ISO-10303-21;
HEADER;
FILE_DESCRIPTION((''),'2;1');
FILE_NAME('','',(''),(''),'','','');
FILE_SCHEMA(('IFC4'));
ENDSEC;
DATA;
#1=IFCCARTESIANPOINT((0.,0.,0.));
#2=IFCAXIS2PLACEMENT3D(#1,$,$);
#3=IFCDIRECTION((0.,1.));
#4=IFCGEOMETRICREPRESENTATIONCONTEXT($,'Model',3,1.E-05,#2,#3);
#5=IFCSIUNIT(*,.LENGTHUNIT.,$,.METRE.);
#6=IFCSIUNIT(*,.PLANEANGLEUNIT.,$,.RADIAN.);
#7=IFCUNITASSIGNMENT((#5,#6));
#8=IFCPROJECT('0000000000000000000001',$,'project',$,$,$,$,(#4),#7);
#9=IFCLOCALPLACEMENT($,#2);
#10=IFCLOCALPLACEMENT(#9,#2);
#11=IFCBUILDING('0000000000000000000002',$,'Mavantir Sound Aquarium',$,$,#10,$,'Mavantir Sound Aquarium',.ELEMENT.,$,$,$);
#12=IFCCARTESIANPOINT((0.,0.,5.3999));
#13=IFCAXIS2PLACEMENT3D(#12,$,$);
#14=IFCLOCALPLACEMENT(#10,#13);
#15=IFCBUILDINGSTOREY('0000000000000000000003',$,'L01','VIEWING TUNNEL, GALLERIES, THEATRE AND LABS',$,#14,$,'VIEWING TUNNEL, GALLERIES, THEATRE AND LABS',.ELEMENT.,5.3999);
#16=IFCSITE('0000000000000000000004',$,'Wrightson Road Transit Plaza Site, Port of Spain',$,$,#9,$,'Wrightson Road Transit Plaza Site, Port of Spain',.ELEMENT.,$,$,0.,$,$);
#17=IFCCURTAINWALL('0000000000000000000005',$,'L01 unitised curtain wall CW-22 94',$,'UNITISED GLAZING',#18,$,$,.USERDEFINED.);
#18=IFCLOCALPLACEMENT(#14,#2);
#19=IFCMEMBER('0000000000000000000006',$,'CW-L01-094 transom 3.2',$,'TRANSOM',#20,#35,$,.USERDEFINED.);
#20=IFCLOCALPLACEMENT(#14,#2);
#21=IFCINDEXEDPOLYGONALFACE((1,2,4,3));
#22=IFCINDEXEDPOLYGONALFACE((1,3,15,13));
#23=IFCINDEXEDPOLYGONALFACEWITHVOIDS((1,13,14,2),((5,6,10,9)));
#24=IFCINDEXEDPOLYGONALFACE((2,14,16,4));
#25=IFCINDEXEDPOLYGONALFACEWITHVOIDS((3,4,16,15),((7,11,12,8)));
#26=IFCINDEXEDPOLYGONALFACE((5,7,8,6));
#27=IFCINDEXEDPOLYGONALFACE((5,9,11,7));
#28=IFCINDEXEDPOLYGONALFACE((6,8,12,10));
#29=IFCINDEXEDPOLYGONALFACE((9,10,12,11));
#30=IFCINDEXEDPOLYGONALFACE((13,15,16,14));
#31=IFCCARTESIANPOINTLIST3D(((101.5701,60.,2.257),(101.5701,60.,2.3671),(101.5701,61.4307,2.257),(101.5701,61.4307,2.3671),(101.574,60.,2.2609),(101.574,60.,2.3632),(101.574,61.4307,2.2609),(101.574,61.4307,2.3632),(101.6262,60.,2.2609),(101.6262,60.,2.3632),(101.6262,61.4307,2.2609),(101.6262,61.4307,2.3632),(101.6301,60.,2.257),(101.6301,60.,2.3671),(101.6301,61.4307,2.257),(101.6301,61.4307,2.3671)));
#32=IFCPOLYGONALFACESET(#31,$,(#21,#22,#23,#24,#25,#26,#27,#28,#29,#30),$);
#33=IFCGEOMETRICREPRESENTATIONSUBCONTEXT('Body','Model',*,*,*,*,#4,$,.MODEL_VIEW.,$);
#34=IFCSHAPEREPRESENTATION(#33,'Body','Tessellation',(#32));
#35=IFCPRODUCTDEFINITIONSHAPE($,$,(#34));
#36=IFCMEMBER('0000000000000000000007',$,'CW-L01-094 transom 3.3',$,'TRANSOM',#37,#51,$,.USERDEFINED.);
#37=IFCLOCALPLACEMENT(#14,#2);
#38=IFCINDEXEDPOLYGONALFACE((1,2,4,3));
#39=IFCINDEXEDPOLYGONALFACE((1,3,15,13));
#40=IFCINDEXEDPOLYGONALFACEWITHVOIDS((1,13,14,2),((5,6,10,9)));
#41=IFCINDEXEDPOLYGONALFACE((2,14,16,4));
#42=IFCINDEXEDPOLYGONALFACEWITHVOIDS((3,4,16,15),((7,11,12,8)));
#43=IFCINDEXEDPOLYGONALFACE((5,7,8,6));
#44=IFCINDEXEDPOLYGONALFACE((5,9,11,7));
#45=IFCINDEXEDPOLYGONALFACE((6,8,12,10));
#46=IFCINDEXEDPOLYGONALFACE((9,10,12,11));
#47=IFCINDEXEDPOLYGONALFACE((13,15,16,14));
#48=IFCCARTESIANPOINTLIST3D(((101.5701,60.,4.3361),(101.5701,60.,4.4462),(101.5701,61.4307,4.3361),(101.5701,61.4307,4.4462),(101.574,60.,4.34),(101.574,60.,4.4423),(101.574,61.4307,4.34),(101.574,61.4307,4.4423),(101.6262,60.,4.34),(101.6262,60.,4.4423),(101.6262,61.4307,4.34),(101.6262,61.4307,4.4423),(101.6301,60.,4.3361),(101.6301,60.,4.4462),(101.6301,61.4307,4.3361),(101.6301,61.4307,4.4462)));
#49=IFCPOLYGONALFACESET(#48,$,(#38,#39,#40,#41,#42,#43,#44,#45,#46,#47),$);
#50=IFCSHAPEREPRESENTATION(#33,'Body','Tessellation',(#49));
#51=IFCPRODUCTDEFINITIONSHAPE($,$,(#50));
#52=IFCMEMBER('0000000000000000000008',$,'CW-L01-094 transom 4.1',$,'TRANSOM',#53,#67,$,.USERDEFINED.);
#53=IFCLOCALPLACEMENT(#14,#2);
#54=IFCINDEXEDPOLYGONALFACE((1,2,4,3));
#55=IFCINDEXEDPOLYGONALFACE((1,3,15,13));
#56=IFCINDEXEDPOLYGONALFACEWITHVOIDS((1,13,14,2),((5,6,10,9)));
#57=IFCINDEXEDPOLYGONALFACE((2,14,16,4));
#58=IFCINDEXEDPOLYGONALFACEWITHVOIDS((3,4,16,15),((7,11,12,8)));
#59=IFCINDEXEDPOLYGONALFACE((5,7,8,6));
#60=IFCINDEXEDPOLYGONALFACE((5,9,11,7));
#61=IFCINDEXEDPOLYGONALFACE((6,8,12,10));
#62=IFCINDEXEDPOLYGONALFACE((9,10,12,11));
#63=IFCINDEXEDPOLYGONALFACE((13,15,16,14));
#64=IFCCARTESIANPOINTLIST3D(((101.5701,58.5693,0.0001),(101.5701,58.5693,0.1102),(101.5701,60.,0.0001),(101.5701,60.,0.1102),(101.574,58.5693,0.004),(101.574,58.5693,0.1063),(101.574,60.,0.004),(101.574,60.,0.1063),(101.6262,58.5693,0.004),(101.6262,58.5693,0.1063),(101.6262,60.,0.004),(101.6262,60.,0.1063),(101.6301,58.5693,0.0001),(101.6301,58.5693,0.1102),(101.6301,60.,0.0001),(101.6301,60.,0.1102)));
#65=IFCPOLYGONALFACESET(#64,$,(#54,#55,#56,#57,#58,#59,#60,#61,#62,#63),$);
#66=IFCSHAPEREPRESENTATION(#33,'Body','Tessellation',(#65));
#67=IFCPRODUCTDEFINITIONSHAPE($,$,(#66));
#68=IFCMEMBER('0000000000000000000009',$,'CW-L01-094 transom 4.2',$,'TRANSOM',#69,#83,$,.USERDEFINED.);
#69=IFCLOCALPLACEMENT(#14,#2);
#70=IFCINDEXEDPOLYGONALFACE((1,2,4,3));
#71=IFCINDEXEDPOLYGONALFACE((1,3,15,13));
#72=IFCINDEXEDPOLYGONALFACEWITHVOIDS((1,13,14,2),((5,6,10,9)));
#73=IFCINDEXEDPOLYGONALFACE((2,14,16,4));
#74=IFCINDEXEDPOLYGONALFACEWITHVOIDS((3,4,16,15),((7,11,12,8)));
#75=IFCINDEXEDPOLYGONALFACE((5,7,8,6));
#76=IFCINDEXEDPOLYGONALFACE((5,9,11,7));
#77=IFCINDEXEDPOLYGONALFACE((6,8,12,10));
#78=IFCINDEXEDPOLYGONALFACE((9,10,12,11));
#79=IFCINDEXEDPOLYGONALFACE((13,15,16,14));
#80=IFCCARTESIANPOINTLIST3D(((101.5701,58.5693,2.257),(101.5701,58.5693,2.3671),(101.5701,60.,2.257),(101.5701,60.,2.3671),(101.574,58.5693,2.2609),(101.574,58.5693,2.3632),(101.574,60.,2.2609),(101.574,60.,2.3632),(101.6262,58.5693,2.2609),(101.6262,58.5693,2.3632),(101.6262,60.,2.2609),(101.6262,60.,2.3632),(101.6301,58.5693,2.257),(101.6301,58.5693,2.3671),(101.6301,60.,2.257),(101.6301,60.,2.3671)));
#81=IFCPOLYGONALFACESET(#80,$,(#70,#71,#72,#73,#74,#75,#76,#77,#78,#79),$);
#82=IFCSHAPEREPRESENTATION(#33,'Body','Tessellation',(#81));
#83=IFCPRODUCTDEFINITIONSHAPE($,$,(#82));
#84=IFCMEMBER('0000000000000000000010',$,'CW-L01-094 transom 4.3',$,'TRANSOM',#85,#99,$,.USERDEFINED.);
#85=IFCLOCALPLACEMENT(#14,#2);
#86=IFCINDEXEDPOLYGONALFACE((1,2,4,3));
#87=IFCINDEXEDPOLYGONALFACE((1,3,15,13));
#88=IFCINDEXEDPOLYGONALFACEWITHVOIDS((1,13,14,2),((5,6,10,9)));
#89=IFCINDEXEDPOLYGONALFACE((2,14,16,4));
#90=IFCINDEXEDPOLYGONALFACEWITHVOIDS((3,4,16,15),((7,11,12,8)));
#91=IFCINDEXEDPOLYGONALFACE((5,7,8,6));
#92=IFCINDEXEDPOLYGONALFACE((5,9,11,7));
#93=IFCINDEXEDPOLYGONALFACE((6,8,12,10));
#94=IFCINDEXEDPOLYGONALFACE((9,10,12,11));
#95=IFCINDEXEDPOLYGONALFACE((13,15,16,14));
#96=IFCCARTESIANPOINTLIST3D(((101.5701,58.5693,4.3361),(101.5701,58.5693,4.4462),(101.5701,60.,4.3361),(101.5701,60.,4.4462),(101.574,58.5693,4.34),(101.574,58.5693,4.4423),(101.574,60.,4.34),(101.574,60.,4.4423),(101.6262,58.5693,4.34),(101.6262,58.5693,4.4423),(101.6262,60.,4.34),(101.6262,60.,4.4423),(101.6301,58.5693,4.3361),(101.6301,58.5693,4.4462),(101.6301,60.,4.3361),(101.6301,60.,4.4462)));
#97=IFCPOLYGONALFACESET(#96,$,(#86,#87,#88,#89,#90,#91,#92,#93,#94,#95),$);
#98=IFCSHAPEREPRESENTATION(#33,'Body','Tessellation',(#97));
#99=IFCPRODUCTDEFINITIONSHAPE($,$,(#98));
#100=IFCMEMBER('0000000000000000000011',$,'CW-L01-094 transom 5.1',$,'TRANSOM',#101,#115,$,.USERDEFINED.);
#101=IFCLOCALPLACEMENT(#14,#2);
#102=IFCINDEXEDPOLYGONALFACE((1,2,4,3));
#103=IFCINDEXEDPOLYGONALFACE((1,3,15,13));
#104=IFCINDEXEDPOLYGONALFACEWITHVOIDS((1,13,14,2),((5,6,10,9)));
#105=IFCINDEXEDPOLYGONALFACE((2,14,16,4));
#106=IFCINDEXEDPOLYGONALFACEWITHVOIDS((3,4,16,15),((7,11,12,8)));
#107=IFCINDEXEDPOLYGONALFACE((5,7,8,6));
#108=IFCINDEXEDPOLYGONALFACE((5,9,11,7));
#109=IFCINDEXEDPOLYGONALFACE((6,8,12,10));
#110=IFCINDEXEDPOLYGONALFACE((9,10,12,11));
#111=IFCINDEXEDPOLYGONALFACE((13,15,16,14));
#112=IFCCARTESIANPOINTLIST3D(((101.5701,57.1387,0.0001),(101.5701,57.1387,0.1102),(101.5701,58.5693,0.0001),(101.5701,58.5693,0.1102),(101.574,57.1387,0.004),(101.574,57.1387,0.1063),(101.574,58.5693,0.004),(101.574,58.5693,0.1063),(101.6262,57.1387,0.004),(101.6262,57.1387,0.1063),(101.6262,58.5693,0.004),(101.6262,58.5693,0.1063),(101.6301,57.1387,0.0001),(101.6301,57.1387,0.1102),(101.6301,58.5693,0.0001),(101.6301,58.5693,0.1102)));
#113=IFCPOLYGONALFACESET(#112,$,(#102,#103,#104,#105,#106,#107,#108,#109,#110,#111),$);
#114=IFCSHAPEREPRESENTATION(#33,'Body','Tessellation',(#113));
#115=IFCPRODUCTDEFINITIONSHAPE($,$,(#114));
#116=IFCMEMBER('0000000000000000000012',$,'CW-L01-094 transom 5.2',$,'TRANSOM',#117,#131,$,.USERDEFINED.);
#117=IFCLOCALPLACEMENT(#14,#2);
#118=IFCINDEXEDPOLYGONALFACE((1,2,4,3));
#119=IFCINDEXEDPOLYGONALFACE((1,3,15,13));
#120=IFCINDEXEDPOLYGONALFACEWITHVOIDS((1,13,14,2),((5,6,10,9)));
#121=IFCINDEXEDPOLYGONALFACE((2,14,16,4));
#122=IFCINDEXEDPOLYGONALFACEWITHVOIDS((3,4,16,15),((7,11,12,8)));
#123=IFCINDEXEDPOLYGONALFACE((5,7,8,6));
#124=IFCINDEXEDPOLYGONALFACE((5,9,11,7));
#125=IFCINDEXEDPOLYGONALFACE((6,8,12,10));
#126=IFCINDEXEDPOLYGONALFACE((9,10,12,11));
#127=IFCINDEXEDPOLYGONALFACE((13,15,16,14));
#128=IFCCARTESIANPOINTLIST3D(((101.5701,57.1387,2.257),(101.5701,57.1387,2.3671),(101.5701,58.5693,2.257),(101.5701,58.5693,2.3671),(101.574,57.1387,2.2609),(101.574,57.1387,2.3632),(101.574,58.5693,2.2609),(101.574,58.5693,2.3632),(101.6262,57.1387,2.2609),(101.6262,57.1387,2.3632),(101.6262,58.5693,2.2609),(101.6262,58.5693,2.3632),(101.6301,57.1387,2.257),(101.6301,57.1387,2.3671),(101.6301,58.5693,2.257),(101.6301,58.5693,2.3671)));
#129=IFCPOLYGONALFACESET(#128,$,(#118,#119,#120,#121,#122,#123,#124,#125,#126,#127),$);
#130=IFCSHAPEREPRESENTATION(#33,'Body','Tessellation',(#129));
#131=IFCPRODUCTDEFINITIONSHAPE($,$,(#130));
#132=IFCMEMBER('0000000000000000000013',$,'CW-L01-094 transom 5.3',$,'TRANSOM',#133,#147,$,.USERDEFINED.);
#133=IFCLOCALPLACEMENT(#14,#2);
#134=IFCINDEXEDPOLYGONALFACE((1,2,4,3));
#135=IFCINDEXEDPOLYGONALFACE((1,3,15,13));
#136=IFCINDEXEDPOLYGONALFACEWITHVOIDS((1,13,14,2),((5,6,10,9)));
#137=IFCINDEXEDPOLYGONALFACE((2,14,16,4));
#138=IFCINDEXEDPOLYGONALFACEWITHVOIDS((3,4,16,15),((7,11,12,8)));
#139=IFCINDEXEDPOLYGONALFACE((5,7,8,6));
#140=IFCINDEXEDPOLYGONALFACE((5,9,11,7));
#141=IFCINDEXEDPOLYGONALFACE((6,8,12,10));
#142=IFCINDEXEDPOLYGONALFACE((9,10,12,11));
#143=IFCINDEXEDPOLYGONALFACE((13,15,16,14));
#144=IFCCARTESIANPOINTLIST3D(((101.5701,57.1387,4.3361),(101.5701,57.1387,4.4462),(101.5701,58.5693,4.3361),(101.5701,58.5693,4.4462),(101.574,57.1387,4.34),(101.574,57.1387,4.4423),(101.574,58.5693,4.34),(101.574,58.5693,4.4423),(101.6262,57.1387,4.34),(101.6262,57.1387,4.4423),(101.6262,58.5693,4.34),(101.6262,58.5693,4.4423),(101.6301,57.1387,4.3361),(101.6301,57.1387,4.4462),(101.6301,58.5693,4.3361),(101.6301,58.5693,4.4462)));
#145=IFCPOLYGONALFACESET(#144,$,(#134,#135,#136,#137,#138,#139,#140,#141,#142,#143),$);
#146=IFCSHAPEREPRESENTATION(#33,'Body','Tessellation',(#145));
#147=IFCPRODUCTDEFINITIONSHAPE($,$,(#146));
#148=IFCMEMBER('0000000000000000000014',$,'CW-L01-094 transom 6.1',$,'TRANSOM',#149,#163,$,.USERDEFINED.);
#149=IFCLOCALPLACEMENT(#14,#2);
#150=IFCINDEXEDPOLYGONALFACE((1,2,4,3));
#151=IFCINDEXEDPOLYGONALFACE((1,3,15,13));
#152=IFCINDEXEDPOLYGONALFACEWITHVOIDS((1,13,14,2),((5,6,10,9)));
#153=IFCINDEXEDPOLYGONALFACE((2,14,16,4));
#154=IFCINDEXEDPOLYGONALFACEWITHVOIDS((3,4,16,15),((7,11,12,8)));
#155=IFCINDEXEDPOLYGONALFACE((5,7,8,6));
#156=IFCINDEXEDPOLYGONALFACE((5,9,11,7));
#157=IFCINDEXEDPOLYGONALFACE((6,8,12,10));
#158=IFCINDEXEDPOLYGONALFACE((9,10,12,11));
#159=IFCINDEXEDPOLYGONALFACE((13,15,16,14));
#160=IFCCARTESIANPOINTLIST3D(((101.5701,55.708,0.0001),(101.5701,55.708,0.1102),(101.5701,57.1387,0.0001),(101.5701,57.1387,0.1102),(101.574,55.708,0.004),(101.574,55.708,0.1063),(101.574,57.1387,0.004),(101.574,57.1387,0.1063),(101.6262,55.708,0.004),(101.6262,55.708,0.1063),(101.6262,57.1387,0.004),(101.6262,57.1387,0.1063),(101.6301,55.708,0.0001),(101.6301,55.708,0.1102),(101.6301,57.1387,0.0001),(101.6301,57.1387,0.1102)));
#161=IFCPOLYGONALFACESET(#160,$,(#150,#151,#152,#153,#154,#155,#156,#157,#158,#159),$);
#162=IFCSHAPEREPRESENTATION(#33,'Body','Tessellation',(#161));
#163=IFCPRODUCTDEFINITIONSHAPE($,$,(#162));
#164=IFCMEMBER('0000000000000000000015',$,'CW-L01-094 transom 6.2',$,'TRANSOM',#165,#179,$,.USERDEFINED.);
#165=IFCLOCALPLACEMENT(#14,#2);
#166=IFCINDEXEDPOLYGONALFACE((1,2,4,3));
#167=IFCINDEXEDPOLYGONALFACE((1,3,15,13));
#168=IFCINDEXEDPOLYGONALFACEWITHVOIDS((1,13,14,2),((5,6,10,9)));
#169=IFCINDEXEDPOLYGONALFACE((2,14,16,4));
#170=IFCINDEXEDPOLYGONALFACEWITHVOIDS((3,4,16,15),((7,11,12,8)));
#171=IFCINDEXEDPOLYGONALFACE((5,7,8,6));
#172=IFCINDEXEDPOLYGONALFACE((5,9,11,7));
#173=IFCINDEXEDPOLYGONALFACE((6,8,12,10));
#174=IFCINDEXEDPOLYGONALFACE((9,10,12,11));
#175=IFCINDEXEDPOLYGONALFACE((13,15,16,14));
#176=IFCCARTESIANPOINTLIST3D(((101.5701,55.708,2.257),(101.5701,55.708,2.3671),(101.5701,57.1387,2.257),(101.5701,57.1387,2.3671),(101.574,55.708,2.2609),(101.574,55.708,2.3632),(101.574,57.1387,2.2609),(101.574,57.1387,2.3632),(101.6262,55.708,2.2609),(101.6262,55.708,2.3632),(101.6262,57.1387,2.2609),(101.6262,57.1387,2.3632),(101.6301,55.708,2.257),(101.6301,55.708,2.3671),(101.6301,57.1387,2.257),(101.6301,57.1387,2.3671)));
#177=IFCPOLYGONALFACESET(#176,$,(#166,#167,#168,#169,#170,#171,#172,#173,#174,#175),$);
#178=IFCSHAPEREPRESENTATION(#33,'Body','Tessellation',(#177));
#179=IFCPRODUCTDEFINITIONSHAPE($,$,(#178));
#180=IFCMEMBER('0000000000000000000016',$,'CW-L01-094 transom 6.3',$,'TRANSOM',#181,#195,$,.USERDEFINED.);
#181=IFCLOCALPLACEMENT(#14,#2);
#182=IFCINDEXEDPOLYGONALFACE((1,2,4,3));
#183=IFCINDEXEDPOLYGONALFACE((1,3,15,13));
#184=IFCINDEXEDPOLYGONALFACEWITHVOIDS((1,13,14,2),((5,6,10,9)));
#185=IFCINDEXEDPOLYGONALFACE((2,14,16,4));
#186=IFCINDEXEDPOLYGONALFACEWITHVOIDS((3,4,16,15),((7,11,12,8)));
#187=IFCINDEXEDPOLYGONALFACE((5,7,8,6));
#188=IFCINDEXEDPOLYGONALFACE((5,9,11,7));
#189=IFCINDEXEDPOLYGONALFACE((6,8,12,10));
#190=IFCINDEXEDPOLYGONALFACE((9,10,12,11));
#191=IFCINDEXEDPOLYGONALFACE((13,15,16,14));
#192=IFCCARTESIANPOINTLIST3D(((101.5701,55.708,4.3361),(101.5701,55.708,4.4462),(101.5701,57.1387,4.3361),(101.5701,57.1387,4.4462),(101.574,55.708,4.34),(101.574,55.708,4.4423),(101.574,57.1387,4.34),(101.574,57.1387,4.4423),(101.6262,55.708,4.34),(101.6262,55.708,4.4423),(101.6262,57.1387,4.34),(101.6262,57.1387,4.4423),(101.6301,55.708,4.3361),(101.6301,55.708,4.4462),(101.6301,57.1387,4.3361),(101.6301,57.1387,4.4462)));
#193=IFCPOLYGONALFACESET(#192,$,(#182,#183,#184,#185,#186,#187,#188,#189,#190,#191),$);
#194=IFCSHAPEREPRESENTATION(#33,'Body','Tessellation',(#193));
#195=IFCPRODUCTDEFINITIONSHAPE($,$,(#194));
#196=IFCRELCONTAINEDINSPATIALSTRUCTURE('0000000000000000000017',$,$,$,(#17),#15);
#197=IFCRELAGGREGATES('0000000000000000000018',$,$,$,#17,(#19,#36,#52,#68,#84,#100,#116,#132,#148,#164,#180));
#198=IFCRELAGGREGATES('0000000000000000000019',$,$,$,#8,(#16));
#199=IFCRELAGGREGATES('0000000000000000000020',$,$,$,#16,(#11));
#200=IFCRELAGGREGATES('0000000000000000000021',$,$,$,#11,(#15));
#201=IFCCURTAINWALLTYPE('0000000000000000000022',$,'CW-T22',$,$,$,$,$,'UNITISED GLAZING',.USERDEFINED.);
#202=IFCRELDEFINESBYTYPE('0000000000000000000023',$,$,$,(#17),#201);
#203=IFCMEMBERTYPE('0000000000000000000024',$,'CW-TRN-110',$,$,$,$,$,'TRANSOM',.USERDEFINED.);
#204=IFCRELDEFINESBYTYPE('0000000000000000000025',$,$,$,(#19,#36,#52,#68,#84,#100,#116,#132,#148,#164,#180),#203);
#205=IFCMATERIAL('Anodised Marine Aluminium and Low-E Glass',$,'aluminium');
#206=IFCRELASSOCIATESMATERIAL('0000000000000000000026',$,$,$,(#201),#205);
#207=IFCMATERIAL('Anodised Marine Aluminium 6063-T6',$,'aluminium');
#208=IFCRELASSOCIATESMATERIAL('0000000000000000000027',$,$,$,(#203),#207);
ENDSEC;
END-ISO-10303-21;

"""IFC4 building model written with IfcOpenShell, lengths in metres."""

from ifc_helpers import new_model, si_unit, direction, frame, origin, origin_2d, place, context, subcontext, project, spatial, hollow_rectangle, extrude, material, material_profile, profile_set, type_object, element, aggregate, save


model = new_model("IFC4")

# Units and contexts
model_context = context("Model", 3, precision=1e-05, world=origin(), true_north=direction((0.0, 1.0)))
body_context = subcontext(model_context, "Body", "Model", "MODEL_VIEW")
ifc_project = project(units=[si_unit("LENGTHUNIT", "METRE"), si_unit("PLANEANGLEUNIT", "RADIAN")], contexts=[model_context])

# Site, building, storey
site_placement = place(None, origin())
site = spatial("IfcSite", under=ifc_project, at=site_placement, Name="Wrightson Road Transit Plaza Site, Port of Spain", LongName="Wrightson Road Transit Plaza Site, Port of Spain", CompositionType="ELEMENT", RefElevation=0.0)
building_placement = place(site_placement, origin())
building = spatial("IfcBuilding", under=site, at=building_placement, Name="Mavantir Sound Aquarium", LongName="Mavantir Sound Aquarium", CompositionType="ELEMENT")
storey_placement = place(building_placement, frame((0.0, 0.0, 5.3999)))
storey = spatial("IfcBuildingStorey", under=building, at=storey_placement, Name="L01", Description="VIEWING TUNNEL, GALLERIES, THEATRE AND LABS", LongName="VIEWING TUNNEL, GALLERIES, THEATRE AND LABS", CompositionType="ELEMENT", Elevation=5.3999)

# Curtain wall, members
ifc_material_1 = material(Name="Anodised Marine Aluminium and Low-E Glass", Category="aluminium")
curtain_wall_type_1 = type_object("IfcCurtainWallType", Name="CW-T22", ElementType="UNITISED GLAZING", PredefinedType="USERDEFINED", material=ifc_material_1)
curtain_wall_1_placement = place(storey_placement, origin())
curtain_wall_1 = element("IfcCurtainWall", 1, at=curtain_wall_1_placement, inside=storey, type_object=curtain_wall_type_1, Name="L01 unitised curtain wall CW-22 94", ObjectType="UNITISED GLAZING", PredefinedType="USERDEFINED")
ifc_material_2 = material(Name="Anodised Marine Aluminium 6063-T6", Category="aluminium")
ifc_material_profile_1 = material_profile(ifc_material_2, hollow_rectangle(XDim=0.0601, YDim=0.1101, WallThickness=0.0039, at=origin_2d()), Name="ALU-TRANSOM-110X60")
ifc_profile_set_1 = profile_set([ifc_material_profile_1], Name="Anodised Marine Aluminium 6063-T6")
member_type_1 = type_object("IfcMemberType", Name="CW-TRN-110", ElementType="TRANSOM", PredefinedType="USERDEFINED", material=ifc_profile_set_1)
member_1_placement = place(storey_placement, frame((101.6001, 61.4307, 2.312), z_axis=(0.0, -1.0, 0.0), x_axis=(1.0, 0.0, 0.0)))
member_1 = element("IfcMember", 2, at=member_1_placement, type_object=member_type_1, Name="CW-L01-094 transom 3.2", ObjectType="TRANSOM", PredefinedType="USERDEFINED", context=body_context, shape_type="SweptSolid", body=[
    extrude(hollow_rectangle(XDim=0.0601, YDim=0.1101, WallThickness=0.0039, at=origin_2d()), origin(), (0.0, 0.0, 1.0), 1.4307),
])
member_2_placement = place(storey_placement, frame((101.6001, 61.4307, 4.3911), z_axis=(0.0, -1.0, 0.0), x_axis=(1.0, 0.0, 0.0)))
member_2 = element("IfcMember", 3, at=member_2_placement, type_object=member_type_1, Name="CW-L01-094 transom 3.3", ObjectType="TRANSOM", PredefinedType="USERDEFINED", context=body_context, shape_type="SweptSolid", body=[
    extrude(hollow_rectangle(XDim=0.0601, YDim=0.1101, WallThickness=0.0039, at=origin_2d()), origin(), (0.0, 0.0, 1.0), 1.4307),
])
member_3_placement = place(storey_placement, frame((101.6001, 60.0, 0.0552), z_axis=(0.0, -1.0, 0.0), x_axis=(1.0, 0.0, 0.0)))
member_3 = element("IfcMember", 4, at=member_3_placement, type_object=member_type_1, Name="CW-L01-094 transom 4.1", ObjectType="TRANSOM", PredefinedType="USERDEFINED", context=body_context, shape_type="SweptSolid", body=[
    extrude(hollow_rectangle(XDim=0.0601, YDim=0.1101, WallThickness=0.0039, at=origin_2d()), origin(), (0.0, 0.0, 1.0), 1.4307),
])
member_4_placement = place(storey_placement, frame((101.6001, 60.0, 2.312), z_axis=(0.0, -1.0, 0.0), x_axis=(1.0, 0.0, 0.0)))
member_4 = element("IfcMember", 5, at=member_4_placement, type_object=member_type_1, Name="CW-L01-094 transom 4.2", ObjectType="TRANSOM", PredefinedType="USERDEFINED", context=body_context, shape_type="SweptSolid", body=[
    extrude(hollow_rectangle(XDim=0.0601, YDim=0.1101, WallThickness=0.0039, at=origin_2d()), origin(), (0.0, 0.0, 1.0), 1.4307),
])
member_5_placement = place(storey_placement, frame((101.6001, 60.0, 4.3911), z_axis=(0.0, -1.0, 0.0), x_axis=(1.0, 0.0, 0.0)))
member_5 = element("IfcMember", 6, at=member_5_placement, type_object=member_type_1, Name="CW-L01-094 transom 4.3", ObjectType="TRANSOM", PredefinedType="USERDEFINED", context=body_context, shape_type="SweptSolid", body=[
    extrude(hollow_rectangle(XDim=0.0601, YDim=0.1101, WallThickness=0.0039, at=origin_2d()), origin(), (0.0, 0.0, 1.0), 1.4307),
])
member_6_placement = place(storey_placement, frame((101.6001, 58.5693, 0.0552), z_axis=(0.0, -1.0, 0.0), x_axis=(1.0, 0.0, 0.0)))
member_6 = element("IfcMember", 7, at=member_6_placement, type_object=member_type_1, Name="CW-L01-094 transom 5.1", ObjectType="TRANSOM", PredefinedType="USERDEFINED", context=body_context, shape_type="SweptSolid", body=[
    extrude(hollow_rectangle(XDim=0.0601, YDim=0.1101, WallThickness=0.0039, at=origin_2d()), origin(), (0.0, 0.0, 1.0), 1.4307),
])
member_7_placement = place(storey_placement, frame((101.6001, 58.5693, 2.312), z_axis=(0.0, -1.0, 0.0), x_axis=(1.0, 0.0, 0.0)))
member_7 = element("IfcMember", 8, at=member_7_placement, type_object=member_type_1, Name="CW-L01-094 transom 5.2", ObjectType="TRANSOM", PredefinedType="USERDEFINED", context=body_context, shape_type="SweptSolid", body=[
    extrude(hollow_rectangle(XDim=0.0601, YDim=0.1101, WallThickness=0.0039, at=origin_2d()), origin(), (0.0, 0.0, 1.0), 1.4307),
])
member_8_placement = place(storey_placement, frame((101.6001, 58.5693, 4.3911), z_axis=(0.0, -1.0, 0.0), x_axis=(1.0, 0.0, 0.0)))
member_8 = element("IfcMember", 9, at=member_8_placement, type_object=member_type_1, Name="CW-L01-094 transom 5.3", ObjectType="TRANSOM", PredefinedType="USERDEFINED", context=body_context, shape_type="SweptSolid", body=[
    extrude(hollow_rectangle(XDim=0.0601, YDim=0.1101, WallThickness=0.0039, at=origin_2d()), origin(), (0.0, 0.0, 1.0), 1.4307),
])
member_9_placement = place(storey_placement, frame((101.6001, 57.1387, 0.0552), z_axis=(0.0, -1.0, 0.0), x_axis=(1.0, 0.0, 0.0)))
member_9 = element("IfcMember", 10, at=member_9_placement, type_object=member_type_1, Name="CW-L01-094 transom 6.1", ObjectType="TRANSOM", PredefinedType="USERDEFINED", context=body_context, shape_type="SweptSolid", body=[
    extrude(hollow_rectangle(XDim=0.0601, YDim=0.1101, WallThickness=0.0039, at=origin_2d()), origin(), (0.0, 0.0, 1.0), 1.4307),
])
member_10_placement = place(storey_placement, frame((101.6001, 57.1387, 2.312), z_axis=(0.0, -1.0, 0.0), x_axis=(1.0, 0.0, 0.0)))
member_10 = element("IfcMember", 11, at=member_10_placement, type_object=member_type_1, Name="CW-L01-094 transom 6.2", ObjectType="TRANSOM", PredefinedType="USERDEFINED", context=body_context, shape_type="SweptSolid", body=[
    extrude(hollow_rectangle(XDim=0.0601, YDim=0.1101, WallThickness=0.0039, at=origin_2d()), origin(), (0.0, 0.0, 1.0), 1.4307),
])
member_11_placement = place(storey_placement, frame((101.6001, 57.1387, 4.3911), z_axis=(0.0, -1.0, 0.0), x_axis=(1.0, 0.0, 0.0)))
member_11 = element("IfcMember", 12, at=member_11_placement, type_object=member_type_1, Name="CW-L01-094 transom 6.3", ObjectType="TRANSOM", PredefinedType="USERDEFINED", context=body_context, shape_type="SweptSolid", body=[
    extrude(hollow_rectangle(XDim=0.0601, YDim=0.1101, WallThickness=0.0039, at=origin_2d()), origin(), (0.0, 0.0, 1.0), 1.4307),
])

aggregate(curtain_wall_1, [member_1, member_2, member_3, member_4, member_5, member_6, member_7, member_8, member_9, member_10, member_11])

save(model, "model.ifc")
